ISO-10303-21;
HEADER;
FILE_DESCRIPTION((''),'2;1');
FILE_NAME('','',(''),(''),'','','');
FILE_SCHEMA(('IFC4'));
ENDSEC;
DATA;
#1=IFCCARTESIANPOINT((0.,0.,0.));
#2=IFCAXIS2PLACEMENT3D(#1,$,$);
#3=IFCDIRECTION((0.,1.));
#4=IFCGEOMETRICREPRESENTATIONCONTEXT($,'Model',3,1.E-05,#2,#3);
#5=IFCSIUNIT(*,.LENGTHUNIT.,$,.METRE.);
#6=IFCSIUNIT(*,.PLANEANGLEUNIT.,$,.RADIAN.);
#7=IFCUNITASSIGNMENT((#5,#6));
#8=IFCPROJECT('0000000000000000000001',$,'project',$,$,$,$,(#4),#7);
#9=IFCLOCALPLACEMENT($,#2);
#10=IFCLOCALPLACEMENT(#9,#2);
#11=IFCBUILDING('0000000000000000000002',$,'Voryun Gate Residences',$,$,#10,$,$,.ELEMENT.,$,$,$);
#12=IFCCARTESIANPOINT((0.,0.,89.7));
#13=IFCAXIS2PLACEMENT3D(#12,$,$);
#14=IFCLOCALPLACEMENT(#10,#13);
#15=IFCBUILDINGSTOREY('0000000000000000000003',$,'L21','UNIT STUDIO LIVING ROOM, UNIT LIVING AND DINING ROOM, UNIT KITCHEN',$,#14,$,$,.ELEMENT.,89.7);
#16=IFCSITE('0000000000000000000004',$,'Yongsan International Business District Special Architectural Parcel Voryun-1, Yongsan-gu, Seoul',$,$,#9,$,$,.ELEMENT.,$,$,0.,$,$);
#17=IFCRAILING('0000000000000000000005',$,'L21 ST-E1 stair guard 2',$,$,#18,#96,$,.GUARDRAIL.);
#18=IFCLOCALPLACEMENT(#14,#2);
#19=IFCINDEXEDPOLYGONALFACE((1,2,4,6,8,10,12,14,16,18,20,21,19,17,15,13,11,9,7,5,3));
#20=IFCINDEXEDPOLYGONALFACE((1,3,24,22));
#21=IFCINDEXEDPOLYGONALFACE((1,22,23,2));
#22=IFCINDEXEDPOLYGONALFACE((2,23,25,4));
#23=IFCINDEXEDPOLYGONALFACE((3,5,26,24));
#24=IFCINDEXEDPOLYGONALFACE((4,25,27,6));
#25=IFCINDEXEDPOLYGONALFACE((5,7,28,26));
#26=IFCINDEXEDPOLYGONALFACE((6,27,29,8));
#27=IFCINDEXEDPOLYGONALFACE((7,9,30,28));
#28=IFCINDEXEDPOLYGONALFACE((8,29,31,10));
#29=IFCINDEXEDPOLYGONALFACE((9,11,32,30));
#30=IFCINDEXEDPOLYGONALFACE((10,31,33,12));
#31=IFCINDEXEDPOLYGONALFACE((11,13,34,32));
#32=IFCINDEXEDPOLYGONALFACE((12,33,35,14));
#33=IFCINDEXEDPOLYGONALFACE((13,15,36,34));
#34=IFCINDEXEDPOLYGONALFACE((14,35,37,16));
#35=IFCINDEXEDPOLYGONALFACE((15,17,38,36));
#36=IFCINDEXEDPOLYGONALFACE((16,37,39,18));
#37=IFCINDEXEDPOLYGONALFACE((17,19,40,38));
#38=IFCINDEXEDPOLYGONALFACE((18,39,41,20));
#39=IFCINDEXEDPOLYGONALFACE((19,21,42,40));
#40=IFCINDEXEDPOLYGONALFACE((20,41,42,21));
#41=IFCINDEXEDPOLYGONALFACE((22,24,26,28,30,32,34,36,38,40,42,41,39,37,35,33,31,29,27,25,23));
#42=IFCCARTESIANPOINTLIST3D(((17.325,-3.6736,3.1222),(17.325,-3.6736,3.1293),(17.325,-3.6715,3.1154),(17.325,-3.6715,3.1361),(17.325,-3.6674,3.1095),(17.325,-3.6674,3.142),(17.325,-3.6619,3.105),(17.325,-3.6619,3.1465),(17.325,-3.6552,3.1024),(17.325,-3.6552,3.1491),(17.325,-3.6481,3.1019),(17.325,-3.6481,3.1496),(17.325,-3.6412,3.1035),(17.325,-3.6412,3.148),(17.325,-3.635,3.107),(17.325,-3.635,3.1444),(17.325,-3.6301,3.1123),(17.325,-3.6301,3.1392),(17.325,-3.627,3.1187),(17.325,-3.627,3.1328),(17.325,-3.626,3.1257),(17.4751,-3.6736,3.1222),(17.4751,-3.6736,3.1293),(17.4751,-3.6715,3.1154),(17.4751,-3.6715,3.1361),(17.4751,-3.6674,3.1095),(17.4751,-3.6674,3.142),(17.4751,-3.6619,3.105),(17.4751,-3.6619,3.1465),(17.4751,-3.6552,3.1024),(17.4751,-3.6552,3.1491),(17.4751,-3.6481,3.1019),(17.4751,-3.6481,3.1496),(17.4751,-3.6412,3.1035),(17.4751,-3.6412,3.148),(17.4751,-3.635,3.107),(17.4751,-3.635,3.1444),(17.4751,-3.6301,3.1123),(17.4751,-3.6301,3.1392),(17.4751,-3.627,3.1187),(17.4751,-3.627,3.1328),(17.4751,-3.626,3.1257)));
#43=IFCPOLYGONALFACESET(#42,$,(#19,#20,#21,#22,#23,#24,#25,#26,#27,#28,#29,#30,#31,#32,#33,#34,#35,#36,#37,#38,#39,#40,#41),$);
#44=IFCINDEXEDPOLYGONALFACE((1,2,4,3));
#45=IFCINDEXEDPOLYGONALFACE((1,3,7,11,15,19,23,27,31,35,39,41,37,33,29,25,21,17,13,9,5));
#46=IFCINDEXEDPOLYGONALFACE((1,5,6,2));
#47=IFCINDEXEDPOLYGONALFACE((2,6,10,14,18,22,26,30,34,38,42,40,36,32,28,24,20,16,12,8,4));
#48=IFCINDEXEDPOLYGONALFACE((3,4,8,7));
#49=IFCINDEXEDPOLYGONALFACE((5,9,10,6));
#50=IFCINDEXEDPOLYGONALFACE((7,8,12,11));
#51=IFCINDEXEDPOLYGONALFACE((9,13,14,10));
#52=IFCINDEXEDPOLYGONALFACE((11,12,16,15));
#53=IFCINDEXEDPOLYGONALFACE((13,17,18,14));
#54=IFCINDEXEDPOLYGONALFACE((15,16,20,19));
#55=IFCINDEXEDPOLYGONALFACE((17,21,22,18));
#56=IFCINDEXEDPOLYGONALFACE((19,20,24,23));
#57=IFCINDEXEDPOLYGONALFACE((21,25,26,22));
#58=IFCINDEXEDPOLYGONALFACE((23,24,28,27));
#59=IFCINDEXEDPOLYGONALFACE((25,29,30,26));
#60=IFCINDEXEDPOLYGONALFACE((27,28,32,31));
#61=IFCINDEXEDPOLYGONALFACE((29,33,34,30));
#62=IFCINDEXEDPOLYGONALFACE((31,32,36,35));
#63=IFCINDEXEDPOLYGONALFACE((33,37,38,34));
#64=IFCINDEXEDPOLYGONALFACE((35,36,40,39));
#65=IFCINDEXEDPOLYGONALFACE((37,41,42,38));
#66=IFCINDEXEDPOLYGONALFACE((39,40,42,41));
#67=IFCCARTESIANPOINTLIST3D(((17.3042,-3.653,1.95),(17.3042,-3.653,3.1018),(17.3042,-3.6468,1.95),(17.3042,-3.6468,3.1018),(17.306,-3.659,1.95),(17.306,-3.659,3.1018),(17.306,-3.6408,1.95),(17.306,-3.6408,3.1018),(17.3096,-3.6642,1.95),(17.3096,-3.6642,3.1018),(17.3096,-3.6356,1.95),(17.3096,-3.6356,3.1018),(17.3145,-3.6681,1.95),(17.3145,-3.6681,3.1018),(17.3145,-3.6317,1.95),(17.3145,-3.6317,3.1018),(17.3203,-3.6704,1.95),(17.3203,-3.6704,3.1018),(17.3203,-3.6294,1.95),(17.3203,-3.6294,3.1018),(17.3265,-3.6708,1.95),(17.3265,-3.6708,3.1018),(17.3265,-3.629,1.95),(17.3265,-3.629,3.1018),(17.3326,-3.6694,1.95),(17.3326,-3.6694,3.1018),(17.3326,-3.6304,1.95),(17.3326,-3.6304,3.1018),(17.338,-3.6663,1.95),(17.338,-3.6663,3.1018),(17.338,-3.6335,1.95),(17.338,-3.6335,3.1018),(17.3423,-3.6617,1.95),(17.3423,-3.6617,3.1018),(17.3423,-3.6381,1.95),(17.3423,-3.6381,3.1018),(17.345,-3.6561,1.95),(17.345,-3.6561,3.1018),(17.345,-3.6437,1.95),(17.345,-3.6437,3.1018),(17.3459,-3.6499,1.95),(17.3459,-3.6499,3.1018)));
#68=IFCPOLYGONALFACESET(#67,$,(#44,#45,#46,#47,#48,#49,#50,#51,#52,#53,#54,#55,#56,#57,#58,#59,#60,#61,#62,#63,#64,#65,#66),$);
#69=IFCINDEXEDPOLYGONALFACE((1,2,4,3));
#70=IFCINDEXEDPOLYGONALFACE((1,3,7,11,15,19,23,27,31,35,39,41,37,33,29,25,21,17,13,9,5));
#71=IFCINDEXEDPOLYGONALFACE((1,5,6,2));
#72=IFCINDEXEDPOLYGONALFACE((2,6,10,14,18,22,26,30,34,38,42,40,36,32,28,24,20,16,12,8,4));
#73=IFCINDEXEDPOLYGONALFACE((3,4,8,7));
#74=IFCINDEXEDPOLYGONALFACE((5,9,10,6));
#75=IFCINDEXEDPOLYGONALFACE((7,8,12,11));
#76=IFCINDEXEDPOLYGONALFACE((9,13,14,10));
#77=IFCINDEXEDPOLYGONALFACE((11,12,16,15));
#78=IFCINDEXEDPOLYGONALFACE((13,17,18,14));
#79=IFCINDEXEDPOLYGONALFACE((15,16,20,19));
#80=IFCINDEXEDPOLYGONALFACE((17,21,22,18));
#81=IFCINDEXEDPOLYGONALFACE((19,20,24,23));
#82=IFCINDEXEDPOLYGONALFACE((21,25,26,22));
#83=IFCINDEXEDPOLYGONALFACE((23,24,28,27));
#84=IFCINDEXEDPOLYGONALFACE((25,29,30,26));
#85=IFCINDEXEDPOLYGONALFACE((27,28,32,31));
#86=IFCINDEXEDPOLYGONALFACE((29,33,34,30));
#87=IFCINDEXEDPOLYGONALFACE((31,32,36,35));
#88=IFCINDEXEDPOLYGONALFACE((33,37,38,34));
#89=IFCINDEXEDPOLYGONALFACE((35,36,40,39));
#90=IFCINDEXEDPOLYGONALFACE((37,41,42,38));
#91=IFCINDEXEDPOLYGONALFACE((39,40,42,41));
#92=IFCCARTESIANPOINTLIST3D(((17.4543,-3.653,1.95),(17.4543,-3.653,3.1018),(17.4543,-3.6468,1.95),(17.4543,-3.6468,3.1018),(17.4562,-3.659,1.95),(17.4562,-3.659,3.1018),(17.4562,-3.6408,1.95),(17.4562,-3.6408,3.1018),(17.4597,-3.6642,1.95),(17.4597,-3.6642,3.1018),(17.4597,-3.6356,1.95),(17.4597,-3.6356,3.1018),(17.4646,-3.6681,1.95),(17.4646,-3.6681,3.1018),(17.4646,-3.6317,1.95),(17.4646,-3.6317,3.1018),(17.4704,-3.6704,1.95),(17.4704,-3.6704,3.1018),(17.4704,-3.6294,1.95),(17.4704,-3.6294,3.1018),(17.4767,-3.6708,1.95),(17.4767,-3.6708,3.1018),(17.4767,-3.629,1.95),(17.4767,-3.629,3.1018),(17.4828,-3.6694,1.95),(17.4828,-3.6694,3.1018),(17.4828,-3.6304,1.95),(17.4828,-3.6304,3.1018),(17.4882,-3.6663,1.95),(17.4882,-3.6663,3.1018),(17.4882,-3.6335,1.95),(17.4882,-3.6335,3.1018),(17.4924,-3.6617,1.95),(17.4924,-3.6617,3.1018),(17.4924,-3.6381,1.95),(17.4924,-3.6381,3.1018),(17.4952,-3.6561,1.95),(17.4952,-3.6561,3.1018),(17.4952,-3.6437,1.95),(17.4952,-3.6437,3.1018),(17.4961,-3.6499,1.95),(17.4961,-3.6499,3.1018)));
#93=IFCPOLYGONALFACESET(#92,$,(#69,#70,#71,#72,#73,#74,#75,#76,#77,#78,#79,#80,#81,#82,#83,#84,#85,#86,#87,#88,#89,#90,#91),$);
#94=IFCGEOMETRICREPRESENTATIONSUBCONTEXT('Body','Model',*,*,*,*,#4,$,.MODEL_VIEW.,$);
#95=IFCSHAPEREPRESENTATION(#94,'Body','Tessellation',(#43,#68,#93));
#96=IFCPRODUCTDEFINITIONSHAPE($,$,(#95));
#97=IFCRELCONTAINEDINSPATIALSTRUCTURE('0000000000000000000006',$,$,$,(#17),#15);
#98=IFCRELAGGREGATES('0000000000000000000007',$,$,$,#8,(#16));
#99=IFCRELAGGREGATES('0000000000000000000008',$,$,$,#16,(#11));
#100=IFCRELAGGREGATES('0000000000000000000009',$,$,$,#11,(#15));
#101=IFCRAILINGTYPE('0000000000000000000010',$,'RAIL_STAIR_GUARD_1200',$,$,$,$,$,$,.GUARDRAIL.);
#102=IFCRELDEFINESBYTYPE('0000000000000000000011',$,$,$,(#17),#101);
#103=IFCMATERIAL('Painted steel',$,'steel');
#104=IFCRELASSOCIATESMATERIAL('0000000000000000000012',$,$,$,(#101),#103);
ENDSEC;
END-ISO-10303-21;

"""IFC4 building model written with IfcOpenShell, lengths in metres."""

from ifc_helpers import new_model, si_unit, direction, frame, origin, origin_2d, place, context, subcontext, project, spatial, circle, extrude, material, type_object, element, save


model = new_model("IFC4")

# Units and contexts
model_context = context("Model", 3, precision=1e-05, world=origin(), true_north=direction((0.0, 1.0)))
body_context = subcontext(model_context, "Body", "Model", "MODEL_VIEW")
ifc_project = project(units=[si_unit("LENGTHUNIT", "METRE"), si_unit("PLANEANGLEUNIT", "RADIAN")], contexts=[model_context])

# Site, building, storey
site_placement = place(None, origin())
site = spatial("IfcSite", under=ifc_project, at=site_placement, Name="Yongsan International Business District Special Architectural Parcel Voryun-1, Yongsan-gu, Seoul", CompositionType="ELEMENT", RefElevation=0.0)
building_placement = place(site_placement, origin())
building = spatial("IfcBuilding", under=site, at=building_placement, Name="Voryun Gate Residences", CompositionType="ELEMENT")
storey_placement = place(building_placement, frame((0.0, 0.0, 89.7)))
storey = spatial("IfcBuildingStorey", under=building, at=storey_placement, Name="L21", Description="UNIT STUDIO LIVING ROOM, UNIT LIVING AND DINING ROOM, UNIT KITCHEN", CompositionType="ELEMENT", Elevation=89.7)

# Railing
ifc_material_1 = material(Name="Painted steel", Category="steel")
railing_type_1 = type_object("IfcRailingType", Name="RAIL_STAIR_GUARD_1200", PredefinedType="GUARDRAIL", material=ifc_material_1)
railing_1_placement = place(storey_placement, frame((17.325, -3.6499, 1.95)))
element("IfcRailing", 1, at=railing_1_placement, inside=storey, type_object=railing_type_1, Name="L21 ST-E1 stair guard 2", PredefinedType="GUARDRAIL", context=body_context, shape_type="SweptSolid", body=[
    extrude(circle(Radius=0.0239, at=origin_2d()), frame((0.0, 0.0, 1.1758), z_axis=(1.0, 0.0, 0.0), x_axis=(0.0, 1.0, 0.0)), (0.0, 0.0, 1.0), 0.1501),
    extrude(circle(Radius=0.021, at=origin_2d()), origin(), (0.0, 0.0, 1.0), 1.1519),
    extrude(circle(Radius=0.021, at=origin_2d()), frame((0.1501, 0.0, 0.0)), (0.0, 0.0, 1.0), 1.1519),
])

save(model, "model.ifc")
